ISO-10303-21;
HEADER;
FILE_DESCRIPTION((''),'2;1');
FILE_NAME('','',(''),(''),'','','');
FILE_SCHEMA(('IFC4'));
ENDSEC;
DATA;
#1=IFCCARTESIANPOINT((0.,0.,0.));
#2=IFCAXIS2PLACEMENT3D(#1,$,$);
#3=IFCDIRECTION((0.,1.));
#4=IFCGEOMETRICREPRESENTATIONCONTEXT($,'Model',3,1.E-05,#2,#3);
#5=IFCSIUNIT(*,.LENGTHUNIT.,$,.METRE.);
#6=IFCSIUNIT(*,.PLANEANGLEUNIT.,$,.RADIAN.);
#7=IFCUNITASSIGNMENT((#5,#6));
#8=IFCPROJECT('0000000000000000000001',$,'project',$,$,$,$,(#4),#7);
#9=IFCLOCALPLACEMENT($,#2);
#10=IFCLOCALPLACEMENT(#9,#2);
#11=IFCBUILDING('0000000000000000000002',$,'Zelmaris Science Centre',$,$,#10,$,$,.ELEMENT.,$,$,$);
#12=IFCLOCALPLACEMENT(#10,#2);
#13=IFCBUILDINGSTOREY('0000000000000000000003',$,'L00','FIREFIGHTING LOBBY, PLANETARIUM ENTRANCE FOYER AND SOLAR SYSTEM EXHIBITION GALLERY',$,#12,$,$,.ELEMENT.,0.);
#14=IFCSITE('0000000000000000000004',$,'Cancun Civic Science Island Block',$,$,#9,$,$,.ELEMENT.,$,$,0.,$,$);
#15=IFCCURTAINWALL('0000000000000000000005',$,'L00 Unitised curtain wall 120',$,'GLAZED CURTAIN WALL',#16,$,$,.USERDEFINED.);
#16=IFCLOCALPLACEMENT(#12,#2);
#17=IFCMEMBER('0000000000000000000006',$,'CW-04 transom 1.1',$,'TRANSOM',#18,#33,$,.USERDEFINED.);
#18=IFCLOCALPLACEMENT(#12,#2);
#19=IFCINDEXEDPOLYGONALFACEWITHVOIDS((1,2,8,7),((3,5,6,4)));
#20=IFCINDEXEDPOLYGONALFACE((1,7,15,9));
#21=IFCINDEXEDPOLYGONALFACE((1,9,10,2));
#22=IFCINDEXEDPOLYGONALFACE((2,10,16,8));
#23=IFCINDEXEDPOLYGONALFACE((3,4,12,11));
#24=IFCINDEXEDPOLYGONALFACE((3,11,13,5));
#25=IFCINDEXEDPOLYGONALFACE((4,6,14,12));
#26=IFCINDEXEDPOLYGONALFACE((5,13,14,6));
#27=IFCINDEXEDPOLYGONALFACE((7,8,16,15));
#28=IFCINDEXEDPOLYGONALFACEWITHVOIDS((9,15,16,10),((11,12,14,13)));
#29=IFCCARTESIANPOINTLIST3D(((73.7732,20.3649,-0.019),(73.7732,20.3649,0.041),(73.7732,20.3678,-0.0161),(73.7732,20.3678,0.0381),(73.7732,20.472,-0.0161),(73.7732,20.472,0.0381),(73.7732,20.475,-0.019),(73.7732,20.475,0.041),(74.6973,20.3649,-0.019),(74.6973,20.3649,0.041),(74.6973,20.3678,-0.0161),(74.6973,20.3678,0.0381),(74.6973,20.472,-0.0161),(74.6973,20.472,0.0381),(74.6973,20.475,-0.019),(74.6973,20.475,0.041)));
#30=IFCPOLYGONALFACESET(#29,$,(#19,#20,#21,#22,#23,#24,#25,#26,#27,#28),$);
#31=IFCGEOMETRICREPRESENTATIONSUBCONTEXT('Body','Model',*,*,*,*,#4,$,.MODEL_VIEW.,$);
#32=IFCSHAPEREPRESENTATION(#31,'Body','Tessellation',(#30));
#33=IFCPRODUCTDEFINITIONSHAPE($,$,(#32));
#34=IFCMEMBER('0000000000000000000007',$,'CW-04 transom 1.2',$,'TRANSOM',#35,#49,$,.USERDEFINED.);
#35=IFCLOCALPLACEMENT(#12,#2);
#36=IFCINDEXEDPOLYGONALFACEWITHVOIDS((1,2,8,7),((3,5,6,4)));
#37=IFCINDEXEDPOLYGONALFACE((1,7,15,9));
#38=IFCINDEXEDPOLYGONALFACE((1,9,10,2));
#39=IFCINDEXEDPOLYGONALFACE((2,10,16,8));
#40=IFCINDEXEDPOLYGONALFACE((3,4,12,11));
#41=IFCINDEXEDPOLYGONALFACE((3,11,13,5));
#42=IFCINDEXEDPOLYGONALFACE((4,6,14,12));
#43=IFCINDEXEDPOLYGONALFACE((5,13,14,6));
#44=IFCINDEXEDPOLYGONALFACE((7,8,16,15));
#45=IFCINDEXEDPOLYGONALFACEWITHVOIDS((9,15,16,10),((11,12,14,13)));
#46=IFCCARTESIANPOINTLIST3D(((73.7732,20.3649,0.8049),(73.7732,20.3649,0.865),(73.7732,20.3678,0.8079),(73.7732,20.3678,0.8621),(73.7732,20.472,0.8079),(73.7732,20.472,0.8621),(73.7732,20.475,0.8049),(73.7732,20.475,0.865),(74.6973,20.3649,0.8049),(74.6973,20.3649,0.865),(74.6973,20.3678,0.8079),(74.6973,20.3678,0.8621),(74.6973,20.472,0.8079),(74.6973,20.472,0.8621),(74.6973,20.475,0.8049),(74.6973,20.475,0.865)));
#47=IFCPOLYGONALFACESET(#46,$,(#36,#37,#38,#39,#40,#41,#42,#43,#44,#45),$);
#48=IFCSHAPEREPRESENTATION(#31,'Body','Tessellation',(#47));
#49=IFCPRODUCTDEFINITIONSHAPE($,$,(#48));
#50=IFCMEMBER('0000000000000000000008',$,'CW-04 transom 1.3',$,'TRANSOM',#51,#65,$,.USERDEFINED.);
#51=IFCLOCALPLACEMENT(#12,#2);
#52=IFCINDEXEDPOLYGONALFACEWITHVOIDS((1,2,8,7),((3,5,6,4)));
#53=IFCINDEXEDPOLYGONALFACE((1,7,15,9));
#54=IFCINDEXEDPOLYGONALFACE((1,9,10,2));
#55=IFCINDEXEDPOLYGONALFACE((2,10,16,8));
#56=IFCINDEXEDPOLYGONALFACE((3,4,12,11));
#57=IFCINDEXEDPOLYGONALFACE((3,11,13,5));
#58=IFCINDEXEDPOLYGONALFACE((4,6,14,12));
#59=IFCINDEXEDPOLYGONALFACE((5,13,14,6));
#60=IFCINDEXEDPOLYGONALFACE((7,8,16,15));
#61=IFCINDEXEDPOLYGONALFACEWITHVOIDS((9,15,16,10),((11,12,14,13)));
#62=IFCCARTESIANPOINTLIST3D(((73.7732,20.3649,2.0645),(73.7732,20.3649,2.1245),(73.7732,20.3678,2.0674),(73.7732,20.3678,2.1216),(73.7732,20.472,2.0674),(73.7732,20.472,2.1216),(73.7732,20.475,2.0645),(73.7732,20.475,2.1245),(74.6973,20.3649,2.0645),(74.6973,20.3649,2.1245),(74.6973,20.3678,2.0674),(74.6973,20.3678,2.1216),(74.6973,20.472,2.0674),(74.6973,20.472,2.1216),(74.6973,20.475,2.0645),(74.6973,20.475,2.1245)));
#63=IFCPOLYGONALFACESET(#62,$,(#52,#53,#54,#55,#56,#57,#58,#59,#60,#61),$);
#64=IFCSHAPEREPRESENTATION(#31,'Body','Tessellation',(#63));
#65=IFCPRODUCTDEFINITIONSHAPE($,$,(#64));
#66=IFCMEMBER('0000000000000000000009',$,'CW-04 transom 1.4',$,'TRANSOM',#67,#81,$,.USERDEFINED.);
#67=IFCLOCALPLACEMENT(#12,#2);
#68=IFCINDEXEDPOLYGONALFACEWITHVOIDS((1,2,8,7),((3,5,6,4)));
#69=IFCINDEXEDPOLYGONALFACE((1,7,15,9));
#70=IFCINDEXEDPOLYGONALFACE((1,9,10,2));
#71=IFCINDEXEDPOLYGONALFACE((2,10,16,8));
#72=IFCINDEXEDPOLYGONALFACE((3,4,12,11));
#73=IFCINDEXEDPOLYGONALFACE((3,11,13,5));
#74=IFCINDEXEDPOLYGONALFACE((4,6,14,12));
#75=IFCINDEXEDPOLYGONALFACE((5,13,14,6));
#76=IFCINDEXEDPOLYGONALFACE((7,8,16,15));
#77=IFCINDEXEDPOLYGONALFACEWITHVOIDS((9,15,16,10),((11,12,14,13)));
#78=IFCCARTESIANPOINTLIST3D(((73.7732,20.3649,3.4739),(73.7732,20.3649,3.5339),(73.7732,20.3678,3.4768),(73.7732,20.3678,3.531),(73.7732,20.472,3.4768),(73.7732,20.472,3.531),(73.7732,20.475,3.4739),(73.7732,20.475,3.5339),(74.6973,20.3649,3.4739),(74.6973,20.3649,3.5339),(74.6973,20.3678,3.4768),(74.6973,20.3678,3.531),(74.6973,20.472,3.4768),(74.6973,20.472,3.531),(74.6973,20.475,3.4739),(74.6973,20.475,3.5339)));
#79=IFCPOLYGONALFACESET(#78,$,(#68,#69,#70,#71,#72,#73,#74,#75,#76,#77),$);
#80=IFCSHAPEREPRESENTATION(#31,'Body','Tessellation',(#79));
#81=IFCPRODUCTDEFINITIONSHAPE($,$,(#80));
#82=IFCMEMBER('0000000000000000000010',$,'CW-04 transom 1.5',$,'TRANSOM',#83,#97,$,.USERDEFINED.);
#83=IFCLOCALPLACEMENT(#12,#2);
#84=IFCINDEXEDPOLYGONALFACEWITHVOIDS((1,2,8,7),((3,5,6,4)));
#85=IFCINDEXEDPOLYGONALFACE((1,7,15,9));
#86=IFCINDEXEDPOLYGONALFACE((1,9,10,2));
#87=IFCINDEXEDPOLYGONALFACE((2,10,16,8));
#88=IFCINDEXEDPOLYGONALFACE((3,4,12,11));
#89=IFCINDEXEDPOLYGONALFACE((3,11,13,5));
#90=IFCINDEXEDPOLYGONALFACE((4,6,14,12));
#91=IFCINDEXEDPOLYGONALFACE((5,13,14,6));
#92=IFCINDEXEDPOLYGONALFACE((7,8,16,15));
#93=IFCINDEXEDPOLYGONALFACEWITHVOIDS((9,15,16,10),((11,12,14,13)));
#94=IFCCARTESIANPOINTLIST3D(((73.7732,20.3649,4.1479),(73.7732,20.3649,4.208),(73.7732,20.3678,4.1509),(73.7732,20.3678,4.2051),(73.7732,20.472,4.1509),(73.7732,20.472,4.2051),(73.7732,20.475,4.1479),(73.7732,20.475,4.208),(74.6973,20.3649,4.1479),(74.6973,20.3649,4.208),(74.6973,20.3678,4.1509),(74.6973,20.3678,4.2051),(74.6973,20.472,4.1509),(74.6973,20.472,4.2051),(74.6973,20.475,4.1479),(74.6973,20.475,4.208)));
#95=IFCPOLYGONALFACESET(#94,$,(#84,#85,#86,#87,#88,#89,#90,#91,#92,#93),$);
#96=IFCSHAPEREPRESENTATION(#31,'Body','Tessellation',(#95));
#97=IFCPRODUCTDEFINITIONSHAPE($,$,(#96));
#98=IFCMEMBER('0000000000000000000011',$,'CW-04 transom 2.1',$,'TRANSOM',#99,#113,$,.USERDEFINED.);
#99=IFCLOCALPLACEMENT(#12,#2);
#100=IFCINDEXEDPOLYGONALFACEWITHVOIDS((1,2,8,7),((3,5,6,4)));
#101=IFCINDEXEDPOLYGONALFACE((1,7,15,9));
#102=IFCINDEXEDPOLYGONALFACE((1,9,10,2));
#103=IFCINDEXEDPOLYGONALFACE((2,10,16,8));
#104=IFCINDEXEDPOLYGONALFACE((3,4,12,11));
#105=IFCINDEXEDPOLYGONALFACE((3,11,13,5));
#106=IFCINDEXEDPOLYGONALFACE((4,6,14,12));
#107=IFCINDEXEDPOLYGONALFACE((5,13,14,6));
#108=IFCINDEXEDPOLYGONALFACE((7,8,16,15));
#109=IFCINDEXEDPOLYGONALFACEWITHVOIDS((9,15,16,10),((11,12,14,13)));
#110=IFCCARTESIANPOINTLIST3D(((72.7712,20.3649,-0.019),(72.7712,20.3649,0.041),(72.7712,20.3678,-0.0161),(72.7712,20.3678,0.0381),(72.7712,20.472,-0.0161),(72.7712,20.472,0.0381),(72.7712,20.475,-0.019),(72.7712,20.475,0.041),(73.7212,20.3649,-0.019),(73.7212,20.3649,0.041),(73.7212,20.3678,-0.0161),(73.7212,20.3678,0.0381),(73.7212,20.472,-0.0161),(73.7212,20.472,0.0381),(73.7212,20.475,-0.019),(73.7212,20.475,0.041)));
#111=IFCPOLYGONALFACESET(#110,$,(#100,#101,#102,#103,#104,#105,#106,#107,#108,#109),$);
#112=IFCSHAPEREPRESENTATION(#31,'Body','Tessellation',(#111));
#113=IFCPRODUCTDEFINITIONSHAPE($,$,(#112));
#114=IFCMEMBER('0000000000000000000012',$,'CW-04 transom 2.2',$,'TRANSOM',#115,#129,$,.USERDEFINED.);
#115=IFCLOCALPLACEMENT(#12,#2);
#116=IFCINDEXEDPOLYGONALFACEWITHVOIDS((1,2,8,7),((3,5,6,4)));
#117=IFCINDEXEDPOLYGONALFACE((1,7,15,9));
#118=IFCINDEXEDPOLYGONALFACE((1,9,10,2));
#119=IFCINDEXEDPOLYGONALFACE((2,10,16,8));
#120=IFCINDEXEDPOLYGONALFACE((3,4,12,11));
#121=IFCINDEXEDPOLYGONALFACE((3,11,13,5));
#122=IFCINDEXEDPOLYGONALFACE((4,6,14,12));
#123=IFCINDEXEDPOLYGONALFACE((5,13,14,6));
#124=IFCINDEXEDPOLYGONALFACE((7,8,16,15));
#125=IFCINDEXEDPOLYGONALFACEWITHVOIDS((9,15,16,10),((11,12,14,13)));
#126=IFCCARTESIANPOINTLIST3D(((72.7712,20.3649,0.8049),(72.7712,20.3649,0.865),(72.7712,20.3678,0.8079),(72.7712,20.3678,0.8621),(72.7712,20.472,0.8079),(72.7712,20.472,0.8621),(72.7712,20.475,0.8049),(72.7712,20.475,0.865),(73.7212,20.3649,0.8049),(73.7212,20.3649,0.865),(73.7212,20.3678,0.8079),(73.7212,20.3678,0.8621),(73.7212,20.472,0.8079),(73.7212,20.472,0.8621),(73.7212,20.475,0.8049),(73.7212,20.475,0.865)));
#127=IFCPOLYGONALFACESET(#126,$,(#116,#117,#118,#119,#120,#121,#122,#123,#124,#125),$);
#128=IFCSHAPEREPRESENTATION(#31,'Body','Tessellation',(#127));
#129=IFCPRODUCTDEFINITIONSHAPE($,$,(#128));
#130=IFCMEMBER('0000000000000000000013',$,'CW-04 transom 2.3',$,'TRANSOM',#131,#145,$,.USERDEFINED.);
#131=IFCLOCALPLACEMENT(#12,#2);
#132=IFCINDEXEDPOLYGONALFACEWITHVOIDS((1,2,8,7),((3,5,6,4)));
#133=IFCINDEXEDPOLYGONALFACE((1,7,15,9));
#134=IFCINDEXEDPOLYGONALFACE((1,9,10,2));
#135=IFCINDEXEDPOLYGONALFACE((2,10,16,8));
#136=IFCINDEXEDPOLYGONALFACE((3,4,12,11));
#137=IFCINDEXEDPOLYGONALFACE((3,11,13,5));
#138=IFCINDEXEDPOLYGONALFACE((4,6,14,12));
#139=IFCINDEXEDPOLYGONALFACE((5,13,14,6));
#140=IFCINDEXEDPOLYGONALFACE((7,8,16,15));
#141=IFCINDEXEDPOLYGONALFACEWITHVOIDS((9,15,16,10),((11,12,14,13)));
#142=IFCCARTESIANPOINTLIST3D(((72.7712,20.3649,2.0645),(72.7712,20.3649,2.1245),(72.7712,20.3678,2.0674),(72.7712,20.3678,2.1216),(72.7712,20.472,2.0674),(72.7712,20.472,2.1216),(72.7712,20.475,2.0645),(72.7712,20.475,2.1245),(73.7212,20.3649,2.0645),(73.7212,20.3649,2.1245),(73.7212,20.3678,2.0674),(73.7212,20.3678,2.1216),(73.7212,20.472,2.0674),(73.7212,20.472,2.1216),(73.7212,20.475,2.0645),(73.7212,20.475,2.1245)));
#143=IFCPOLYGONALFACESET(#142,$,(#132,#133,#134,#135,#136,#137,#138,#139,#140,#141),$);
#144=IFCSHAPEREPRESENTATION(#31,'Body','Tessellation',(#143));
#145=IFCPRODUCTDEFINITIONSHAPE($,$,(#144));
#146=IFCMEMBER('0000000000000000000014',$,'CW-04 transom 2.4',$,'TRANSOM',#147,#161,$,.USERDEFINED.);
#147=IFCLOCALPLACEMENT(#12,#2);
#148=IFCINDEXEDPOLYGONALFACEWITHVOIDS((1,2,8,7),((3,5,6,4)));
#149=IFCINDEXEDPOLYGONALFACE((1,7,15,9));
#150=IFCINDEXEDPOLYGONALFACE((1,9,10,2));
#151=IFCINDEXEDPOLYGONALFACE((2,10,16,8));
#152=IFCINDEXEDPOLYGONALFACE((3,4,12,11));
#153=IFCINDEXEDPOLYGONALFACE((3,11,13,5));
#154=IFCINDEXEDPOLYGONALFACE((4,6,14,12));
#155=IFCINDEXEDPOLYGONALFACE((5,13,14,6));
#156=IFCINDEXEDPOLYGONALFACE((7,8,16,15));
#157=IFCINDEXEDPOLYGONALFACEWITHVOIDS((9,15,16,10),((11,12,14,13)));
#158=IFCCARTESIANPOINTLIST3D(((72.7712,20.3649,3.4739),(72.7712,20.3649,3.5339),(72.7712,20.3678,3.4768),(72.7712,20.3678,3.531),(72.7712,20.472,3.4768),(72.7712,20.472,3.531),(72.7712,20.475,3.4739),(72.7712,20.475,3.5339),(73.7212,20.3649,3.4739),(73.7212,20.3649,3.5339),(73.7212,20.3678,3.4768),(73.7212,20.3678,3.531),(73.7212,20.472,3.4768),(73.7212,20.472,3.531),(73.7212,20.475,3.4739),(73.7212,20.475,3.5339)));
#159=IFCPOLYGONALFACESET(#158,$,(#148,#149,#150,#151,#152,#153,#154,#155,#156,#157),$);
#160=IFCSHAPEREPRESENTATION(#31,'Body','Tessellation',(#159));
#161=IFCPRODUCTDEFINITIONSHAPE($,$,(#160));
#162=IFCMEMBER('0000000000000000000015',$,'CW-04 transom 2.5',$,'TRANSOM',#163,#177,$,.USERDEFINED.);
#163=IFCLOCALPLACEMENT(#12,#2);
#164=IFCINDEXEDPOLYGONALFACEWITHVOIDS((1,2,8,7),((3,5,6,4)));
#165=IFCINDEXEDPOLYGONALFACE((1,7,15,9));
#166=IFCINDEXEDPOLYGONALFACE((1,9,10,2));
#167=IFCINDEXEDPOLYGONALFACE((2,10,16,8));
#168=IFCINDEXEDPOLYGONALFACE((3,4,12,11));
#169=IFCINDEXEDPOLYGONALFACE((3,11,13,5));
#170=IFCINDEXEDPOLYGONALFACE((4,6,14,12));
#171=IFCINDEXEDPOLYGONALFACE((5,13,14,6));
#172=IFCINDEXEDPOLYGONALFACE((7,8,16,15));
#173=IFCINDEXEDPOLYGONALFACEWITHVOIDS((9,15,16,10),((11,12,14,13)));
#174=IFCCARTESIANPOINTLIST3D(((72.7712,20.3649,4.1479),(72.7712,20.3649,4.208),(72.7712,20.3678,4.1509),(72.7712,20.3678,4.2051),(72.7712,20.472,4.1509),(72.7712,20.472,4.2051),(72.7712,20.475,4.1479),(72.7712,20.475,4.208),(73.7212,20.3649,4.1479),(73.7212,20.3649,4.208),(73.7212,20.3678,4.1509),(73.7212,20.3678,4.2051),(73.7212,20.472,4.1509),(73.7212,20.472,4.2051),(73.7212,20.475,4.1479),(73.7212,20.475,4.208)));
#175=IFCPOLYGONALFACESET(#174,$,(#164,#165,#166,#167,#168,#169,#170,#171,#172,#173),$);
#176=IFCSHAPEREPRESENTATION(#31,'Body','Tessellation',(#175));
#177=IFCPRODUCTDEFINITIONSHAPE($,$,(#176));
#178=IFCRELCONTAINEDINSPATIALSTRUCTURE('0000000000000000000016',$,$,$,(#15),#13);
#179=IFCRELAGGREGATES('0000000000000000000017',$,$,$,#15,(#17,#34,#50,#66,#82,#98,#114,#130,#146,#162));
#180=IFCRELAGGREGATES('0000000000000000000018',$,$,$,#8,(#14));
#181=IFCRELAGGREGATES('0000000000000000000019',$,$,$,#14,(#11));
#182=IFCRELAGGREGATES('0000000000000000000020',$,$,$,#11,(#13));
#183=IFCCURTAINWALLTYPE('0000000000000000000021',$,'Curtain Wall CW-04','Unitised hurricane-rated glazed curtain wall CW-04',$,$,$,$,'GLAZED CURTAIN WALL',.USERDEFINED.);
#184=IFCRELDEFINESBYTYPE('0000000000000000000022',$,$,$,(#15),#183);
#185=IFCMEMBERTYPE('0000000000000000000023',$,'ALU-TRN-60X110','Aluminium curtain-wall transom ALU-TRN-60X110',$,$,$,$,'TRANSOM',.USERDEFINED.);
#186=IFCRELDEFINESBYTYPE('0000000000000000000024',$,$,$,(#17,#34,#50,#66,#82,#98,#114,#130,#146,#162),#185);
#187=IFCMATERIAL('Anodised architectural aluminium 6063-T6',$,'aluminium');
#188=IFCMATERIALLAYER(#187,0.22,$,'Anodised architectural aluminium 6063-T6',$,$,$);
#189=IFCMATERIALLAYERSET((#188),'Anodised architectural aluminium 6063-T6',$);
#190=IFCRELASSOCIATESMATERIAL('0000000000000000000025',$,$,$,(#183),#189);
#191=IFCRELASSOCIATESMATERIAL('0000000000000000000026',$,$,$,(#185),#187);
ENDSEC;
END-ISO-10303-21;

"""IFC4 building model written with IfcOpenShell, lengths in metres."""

from ifc_helpers import new_model, si_unit, direction, frame, origin, origin_2d, place, context, subcontext, project, spatial, hollow_rectangle, extrude, material, layer, layer_set, material_profile, profile_set, type_object, element, aggregate, save


model = new_model("IFC4")

# Units and contexts
model_context = context("Model", 3, precision=1e-05, world=origin(), true_north=direction((0.0, 1.0)))
body_context = subcontext(model_context, "Body", "Model", "MODEL_VIEW")
ifc_project = project(units=[si_unit("LENGTHUNIT", "METRE"), si_unit("PLANEANGLEUNIT", "RADIAN")], contexts=[model_context])

# Site, building, storey
site_placement = place(None, origin())
site = spatial("IfcSite", under=ifc_project, at=site_placement, Name="Cancun Civic Science Island Block", CompositionType="ELEMENT", RefElevation=0.0)
building_placement = place(site_placement, origin())
building = spatial("IfcBuilding", under=site, at=building_placement, Name="Zelmaris Science Centre", CompositionType="ELEMENT")
storey_placement = place(building_placement, origin())
storey = spatial("IfcBuildingStorey", under=building, at=storey_placement, Name="L00", Description="FIREFIGHTING LOBBY, PLANETARIUM ENTRANCE FOYER AND SOLAR SYSTEM EXHIBITION GALLERY", CompositionType="ELEMENT", Elevation=0.0)

# Curtain wall
ifc_material_1 = material(Name="Anodised architectural aluminium 6063-T6", Category="aluminium")
ifc_layer_1 = layer(ifc_material_1, 0.22, Name="Anodised architectural aluminium 6063-T6")
ifc_layer_set_1 = layer_set([ifc_layer_1], Name="Anodised architectural aluminium 6063-T6")
curtain_wall_type_1 = type_object("IfcCurtainWallType", Name="Curtain Wall CW-04", Description="Unitised hurricane-rated glazed curtain wall CW-04", ElementType="GLAZED CURTAIN WALL", PredefinedType="USERDEFINED", material=ifc_layer_set_1)
curtain_wall_1_placement = place(storey_placement, origin())
curtain_wall_1 = element("IfcCurtainWall", 1, at=curtain_wall_1_placement, inside=storey, type_object=curtain_wall_type_1, Name="L00 Unitised curtain wall 120", ObjectType="GLAZED CURTAIN WALL", PredefinedType="USERDEFINED")

# Members
ifc_material_profile_1 = material_profile(ifc_material_1, hollow_rectangle(XDim=0.0601, YDim=0.1101, WallThickness=0.0029, at=origin_2d()), Name="ALU-TRN-60X110")
ifc_profile_set_1 = profile_set([ifc_material_profile_1], Name="Anodised architectural aluminium 6063-T6")
member_type_1 = type_object("IfcMemberType", Name="ALU-TRN-60X110", Description="Aluminium curtain-wall transom ALU-TRN-60X110", ElementType="TRANSOM", PredefinedType="USERDEFINED", material=ifc_profile_set_1)
member_1_placement = place(storey_placement, frame((74.6973, 20.4199, 0.011), z_axis=(-1.0, 0.0, 0.0), x_axis=(0.0, 0.0, 1.0)))
member_1 = element("IfcMember", 2, at=member_1_placement, type_object=member_type_1, Name="CW-04 transom 1.1", ObjectType="TRANSOM", PredefinedType="USERDEFINED", context=body_context, shape_type="SweptSolid", body=[
    extrude(hollow_rectangle(XDim=0.0601, YDim=0.1101, WallThickness=0.0029, at=origin_2d()), origin(), (0.0, 0.0, 1.0), 0.9241),
])
member_2_placement = place(storey_placement, frame((74.6973, 20.4199, 0.835), z_axis=(-1.0, 0.0, 0.0), x_axis=(0.0, 0.0, 1.0)))
member_2 = element("IfcMember", 3, at=member_2_placement, type_object=member_type_1, Name="CW-04 transom 1.2", ObjectType="TRANSOM", PredefinedType="USERDEFINED", context=body_context, shape_type="SweptSolid", body=[
    extrude(hollow_rectangle(XDim=0.0601, YDim=0.1101, WallThickness=0.0029, at=origin_2d()), origin(), (0.0, 0.0, 1.0), 0.9241),
])
member_3_placement = place(storey_placement, frame((74.6973, 20.4199, 2.0945), z_axis=(-1.0, 0.0, 0.0), x_axis=(0.0, 0.0, 1.0)))
member_3 = element("IfcMember", 4, at=member_3_placement, type_object=member_type_1, Name="CW-04 transom 1.3", ObjectType="TRANSOM", PredefinedType="USERDEFINED", context=body_context, shape_type="SweptSolid", body=[
    extrude(hollow_rectangle(XDim=0.0601, YDim=0.1101, WallThickness=0.0029, at=origin_2d()), origin(), (0.0, 0.0, 1.0), 0.9241),
])
member_4_placement = place(storey_placement, frame((74.6973, 20.4199, 3.5039), z_axis=(-1.0, 0.0, 0.0), x_axis=(0.0, 0.0, 1.0)))
member_4 = element("IfcMember", 5, at=member_4_placement, type_object=member_type_1, Name="CW-04 transom 1.4", ObjectType="TRANSOM", PredefinedType="USERDEFINED", context=body_context, shape_type="SweptSolid", body=[
    extrude(hollow_rectangle(XDim=0.0601, YDim=0.1101, WallThickness=0.0029, at=origin_2d()), origin(), (0.0, 0.0, 1.0), 0.9241),
])
member_5_placement = place(storey_placement, frame((74.6973, 20.4199, 4.178), z_axis=(-1.0, 0.0, 0.0), x_axis=(0.0, 0.0, 1.0)))
member_5 = element("IfcMember", 6, at=member_5_placement, type_object=member_type_1, Name="CW-04 transom 1.5", ObjectType="TRANSOM", PredefinedType="USERDEFINED", context=body_context, shape_type="SweptSolid", body=[
    extrude(hollow_rectangle(XDim=0.0601, YDim=0.1101, WallThickness=0.0029, at=origin_2d()), origin(), (0.0, 0.0, 1.0), 0.9241),
])
member_6_placement = place(storey_placement, frame((73.7212, 20.4199, 0.011), z_axis=(-1.0, 0.0, 0.0), x_axis=(0.0, 0.0, 1.0)))
member_6 = element("IfcMember", 7, at=member_6_placement, type_object=member_type_1, Name="CW-04 transom 2.1", ObjectType="TRANSOM", PredefinedType="USERDEFINED", context=body_context, shape_type="SweptSolid", body=[
    extrude(hollow_rectangle(XDim=0.0601, YDim=0.1101, WallThickness=0.0029, at=origin_2d()), origin(), (0.0, 0.0, 1.0), 0.95),
])
member_7_placement = place(storey_placement, frame((73.7212, 20.4199, 0.835), z_axis=(-1.0, 0.0, 0.0), x_axis=(0.0, 0.0, 1.0)))
member_7 = element("IfcMember", 8, at=member_7_placement, type_object=member_type_1, Name="CW-04 transom 2.2", ObjectType="TRANSOM", PredefinedType="USERDEFINED", context=body_context, shape_type="SweptSolid", body=[
    extrude(hollow_rectangle(XDim=0.0601, YDim=0.1101, WallThickness=0.0029, at=origin_2d()), origin(), (0.0, 0.0, 1.0), 0.95),
])
member_8_placement = place(storey_placement, frame((73.7212, 20.4199, 2.0945), z_axis=(-1.0, 0.0, 0.0), x_axis=(0.0, 0.0, 1.0)))
member_8 = element("IfcMember", 9, at=member_8_placement, type_object=member_type_1, Name="CW-04 transom 2.3", ObjectType="TRANSOM", PredefinedType="USERDEFINED", context=body_context, shape_type="SweptSolid", body=[
    extrude(hollow_rectangle(XDim=0.0601, YDim=0.1101, WallThickness=0.0029, at=origin_2d()), origin(), (0.0, 0.0, 1.0), 0.95),
])
member_9_placement = place(storey_placement, frame((73.7212, 20.4199, 3.5039), z_axis=(-1.0, 0.0, 0.0), x_axis=(0.0, 0.0, 1.0)))
member_9 = element("IfcMember", 10, at=member_9_placement, type_object=member_type_1, Name="CW-04 transom 2.4", ObjectType="TRANSOM", PredefinedType="USERDEFINED", context=body_context, shape_type="SweptSolid", body=[
    extrude(hollow_rectangle(XDim=0.0601, YDim=0.1101, WallThickness=0.0029, at=origin_2d()), origin(), (0.0, 0.0, 1.0), 0.95),
])
member_10_placement = place(storey_placement, frame((73.7212, 20.4199, 4.178), z_axis=(-1.0, 0.0, 0.0), x_axis=(0.0, 0.0, 1.0)))
member_10 = element("IfcMember", 11, at=member_10_placement, type_object=member_type_1, Name="CW-04 transom 2.5", ObjectType="TRANSOM", PredefinedType="USERDEFINED", context=body_context, shape_type="SweptSolid", body=[
    extrude(hollow_rectangle(XDim=0.0601, YDim=0.1101, WallThickness=0.0029, at=origin_2d()), origin(), (0.0, 0.0, 1.0), 0.95),
])

aggregate(curtain_wall_1, [member_1, member_2, member_3, member_4, member_5, member_6, member_7, member_8, member_9, member_10])

save(model, "model.ifc")
